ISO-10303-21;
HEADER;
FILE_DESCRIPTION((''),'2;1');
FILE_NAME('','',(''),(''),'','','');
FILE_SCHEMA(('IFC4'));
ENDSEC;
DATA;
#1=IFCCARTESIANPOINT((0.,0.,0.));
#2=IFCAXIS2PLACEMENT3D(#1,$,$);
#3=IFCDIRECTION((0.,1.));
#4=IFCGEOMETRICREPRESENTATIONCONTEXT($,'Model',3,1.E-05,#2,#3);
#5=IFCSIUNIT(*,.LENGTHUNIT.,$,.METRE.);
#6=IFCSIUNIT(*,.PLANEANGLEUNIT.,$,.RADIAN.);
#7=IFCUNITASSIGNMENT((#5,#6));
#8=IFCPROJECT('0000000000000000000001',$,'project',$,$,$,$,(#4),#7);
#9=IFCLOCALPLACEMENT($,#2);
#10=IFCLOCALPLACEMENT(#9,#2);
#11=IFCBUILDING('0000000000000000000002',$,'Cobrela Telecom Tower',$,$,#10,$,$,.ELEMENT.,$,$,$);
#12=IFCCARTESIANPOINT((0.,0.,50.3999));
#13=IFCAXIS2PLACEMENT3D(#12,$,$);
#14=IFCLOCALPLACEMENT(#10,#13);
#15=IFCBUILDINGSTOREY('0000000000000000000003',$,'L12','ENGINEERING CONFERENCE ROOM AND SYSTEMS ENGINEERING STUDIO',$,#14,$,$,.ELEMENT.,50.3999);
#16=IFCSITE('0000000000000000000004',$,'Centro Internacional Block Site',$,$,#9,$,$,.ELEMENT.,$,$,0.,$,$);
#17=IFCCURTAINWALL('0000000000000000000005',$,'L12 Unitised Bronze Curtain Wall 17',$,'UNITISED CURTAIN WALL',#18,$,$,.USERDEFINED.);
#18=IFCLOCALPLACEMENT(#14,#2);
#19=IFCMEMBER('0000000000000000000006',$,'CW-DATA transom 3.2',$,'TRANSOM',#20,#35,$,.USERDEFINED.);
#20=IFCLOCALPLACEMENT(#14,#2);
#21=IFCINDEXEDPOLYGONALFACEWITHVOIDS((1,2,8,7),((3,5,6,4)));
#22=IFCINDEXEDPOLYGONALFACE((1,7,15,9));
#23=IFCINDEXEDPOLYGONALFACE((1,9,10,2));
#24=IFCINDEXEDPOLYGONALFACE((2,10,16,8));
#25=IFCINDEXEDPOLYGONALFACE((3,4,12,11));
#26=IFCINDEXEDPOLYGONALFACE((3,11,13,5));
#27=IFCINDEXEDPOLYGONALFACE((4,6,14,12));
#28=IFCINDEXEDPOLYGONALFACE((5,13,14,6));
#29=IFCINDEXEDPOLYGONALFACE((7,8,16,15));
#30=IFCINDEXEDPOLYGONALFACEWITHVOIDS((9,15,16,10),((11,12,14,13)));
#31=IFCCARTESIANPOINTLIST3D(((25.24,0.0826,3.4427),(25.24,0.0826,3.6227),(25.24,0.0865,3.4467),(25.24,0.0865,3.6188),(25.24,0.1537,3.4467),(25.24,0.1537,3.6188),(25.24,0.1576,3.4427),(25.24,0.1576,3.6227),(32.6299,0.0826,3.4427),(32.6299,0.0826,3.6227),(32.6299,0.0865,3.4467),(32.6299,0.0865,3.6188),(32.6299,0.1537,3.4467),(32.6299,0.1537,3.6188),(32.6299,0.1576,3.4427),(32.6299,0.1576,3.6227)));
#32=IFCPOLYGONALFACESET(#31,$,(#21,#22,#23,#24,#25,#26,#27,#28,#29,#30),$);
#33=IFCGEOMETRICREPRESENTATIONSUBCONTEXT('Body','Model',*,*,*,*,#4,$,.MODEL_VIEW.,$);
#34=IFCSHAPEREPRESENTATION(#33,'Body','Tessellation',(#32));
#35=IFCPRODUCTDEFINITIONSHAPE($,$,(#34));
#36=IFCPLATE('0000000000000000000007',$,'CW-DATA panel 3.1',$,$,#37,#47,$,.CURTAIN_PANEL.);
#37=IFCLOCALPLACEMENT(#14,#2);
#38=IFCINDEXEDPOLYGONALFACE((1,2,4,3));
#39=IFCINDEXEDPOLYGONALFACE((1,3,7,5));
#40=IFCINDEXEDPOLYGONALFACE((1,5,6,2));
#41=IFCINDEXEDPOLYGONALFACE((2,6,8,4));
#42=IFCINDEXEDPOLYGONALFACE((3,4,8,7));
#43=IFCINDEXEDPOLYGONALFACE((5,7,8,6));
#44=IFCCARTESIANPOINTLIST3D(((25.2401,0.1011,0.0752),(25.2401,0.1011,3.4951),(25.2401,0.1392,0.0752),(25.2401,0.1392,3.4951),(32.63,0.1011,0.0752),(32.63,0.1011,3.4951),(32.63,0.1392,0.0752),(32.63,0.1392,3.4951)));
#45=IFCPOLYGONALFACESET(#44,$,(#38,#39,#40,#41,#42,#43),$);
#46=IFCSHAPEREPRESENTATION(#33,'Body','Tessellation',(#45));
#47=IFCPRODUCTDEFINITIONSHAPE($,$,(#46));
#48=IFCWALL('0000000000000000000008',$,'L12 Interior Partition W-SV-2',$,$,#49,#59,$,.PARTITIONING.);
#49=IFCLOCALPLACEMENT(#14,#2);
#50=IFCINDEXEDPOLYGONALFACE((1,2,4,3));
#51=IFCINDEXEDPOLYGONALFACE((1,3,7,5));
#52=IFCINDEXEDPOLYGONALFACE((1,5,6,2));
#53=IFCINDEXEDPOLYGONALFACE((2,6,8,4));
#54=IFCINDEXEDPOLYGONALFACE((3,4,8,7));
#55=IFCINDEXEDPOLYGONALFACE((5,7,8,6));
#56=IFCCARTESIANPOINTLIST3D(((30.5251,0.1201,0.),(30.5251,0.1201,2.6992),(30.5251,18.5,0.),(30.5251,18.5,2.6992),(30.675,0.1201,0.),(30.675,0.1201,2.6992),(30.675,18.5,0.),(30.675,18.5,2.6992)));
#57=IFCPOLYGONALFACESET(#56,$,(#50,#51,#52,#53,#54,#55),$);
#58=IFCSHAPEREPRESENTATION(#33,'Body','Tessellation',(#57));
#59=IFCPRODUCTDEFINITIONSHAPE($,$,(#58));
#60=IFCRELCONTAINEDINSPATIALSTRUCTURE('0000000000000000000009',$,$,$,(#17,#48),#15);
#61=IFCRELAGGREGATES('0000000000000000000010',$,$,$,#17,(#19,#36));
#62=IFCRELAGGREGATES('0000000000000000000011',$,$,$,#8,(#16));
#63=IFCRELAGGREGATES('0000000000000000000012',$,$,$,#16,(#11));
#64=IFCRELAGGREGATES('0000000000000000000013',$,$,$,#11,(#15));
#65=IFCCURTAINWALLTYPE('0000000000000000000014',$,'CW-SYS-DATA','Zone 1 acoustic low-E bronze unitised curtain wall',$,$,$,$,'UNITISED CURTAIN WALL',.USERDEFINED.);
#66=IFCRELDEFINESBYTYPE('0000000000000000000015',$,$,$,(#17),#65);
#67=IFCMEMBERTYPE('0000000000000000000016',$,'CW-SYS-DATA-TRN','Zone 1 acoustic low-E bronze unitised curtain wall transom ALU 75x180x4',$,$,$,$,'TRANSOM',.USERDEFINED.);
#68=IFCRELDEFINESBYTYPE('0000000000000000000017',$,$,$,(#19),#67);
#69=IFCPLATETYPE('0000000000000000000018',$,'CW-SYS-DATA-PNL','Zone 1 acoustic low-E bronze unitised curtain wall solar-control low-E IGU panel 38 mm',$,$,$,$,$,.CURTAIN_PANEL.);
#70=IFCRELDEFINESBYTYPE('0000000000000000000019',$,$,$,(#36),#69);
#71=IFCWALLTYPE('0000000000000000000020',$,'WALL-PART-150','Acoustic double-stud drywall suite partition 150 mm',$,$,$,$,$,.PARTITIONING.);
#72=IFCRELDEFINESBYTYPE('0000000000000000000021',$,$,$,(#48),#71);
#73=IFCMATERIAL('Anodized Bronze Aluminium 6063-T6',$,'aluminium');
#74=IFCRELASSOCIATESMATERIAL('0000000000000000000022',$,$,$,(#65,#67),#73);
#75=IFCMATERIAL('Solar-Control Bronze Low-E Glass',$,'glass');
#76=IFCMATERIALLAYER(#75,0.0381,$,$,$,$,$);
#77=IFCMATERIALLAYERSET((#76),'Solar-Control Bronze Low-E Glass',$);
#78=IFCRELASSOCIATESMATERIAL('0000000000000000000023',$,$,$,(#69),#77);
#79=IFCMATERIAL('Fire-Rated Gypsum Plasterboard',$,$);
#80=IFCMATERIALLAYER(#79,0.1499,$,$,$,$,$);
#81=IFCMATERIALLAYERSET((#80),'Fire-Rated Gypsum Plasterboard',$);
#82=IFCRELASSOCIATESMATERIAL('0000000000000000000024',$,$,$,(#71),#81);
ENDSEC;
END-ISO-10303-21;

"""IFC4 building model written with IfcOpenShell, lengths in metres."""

from ifc_helpers import new_model, si_unit, direction, frame, frame_2d, origin, origin_2d, place, context, subcontext, project, spatial, rectangle, hollow_rectangle, extrude, material, layer, layer_set, material_profile, profile_set, type_object, element, aggregate, save


model = new_model("IFC4")

# Units and contexts
model_context = context("Model", 3, precision=1e-05, world=origin(), true_north=direction((0.0, 1.0)))
body_context = subcontext(model_context, "Body", "Model", "MODEL_VIEW")
ifc_project = project(units=[si_unit("LENGTHUNIT", "METRE"), si_unit("PLANEANGLEUNIT", "RADIAN")], contexts=[model_context])

# Site, building, storey
site_placement = place(None, origin())
site = spatial("IfcSite", under=ifc_project, at=site_placement, Name="Centro Internacional Block Site", CompositionType="ELEMENT", RefElevation=0.0)
building_placement = place(site_placement, origin())
building = spatial("IfcBuilding", under=site, at=building_placement, Name="Cobrela Telecom Tower", CompositionType="ELEMENT")
storey_placement = place(building_placement, frame((0.0, 0.0, 50.3999)))
storey = spatial("IfcBuildingStorey", under=building, at=storey_placement, Name="L12", Description="ENGINEERING CONFERENCE ROOM AND SYSTEMS ENGINEERING STUDIO", CompositionType="ELEMENT", Elevation=50.3999)

# Curtain wall, member, plate
ifc_material_1 = material(Name="Anodized Bronze Aluminium 6063-T6", Category="aluminium")
curtain_wall_type = type_object("IfcCurtainWallType", Name="CW-SYS-DATA", Description="Zone 1 acoustic low-E bronze unitised curtain wall", ElementType="UNITISED CURTAIN WALL", PredefinedType="USERDEFINED", material=ifc_material_1)
curtain_wall_placement = place(storey_placement, origin())
curtain_wall = element("IfcCurtainWall", 1, at=curtain_wall_placement, inside=storey, type_object=curtain_wall_type, Name="L12 Unitised Bronze Curtain Wall 17", ObjectType="UNITISED CURTAIN WALL", PredefinedType="USERDEFINED")
ifc_material_profile_1 = material_profile(ifc_material_1, hollow_rectangle(XDim=0.075, YDim=0.1799, WallThickness=0.0039, at=origin_2d()), Name="ALU 75x180x4")
ifc_profile_set_1 = profile_set([ifc_material_profile_1], Name="Anodized Bronze Aluminium 6063-T6")
member_type_1 = type_object("IfcMemberType", Name="CW-SYS-DATA-TRN", Description="Zone 1 acoustic low-E bronze unitised curtain wall transom ALU 75x180x4", ElementType="TRANSOM", PredefinedType="USERDEFINED", material=ifc_profile_set_1)
member_1_placement = place(storey_placement, frame((32.6299, 0.1201, 3.5327), z_axis=(-1.0, 0.0, 0.0), x_axis=(0.0, -1.0, 0.0)))
member_1 = element("IfcMember", 2, at=member_1_placement, type_object=member_type_1, Name="CW-DATA transom 3.2", ObjectType="TRANSOM", PredefinedType="USERDEFINED", context=body_context, shape_type="SweptSolid", body=[
    extrude(hollow_rectangle(XDim=0.075, YDim=0.1799, WallThickness=0.0039, at=origin_2d()), origin(), (0.0, 0.0, 1.0), 7.3899),
])
ifc_material_2 = material(Name="Solar-Control Bronze Low-E Glass", Category="glass")
ifc_layer_1 = layer(ifc_material_2, 0.0381)
ifc_layer_set_1 = layer_set([ifc_layer_1], Name="Solar-Control Bronze Low-E Glass")
plate_type = type_object("IfcPlateType", Name="CW-SYS-DATA-PNL", Description="Zone 1 acoustic low-E bronze unitised curtain wall solar-control low-E IGU panel 38 mm", PredefinedType="CURTAIN_PANEL", material=ifc_layer_set_1)
plate_placement = place(storey_placement, frame((28.9351, 0.1201, 0.0752), z_axis=(0.0, 0.0, 1.0), x_axis=(-1.0, 0.0, 0.0)))
plate = element("IfcPlate", 3, at=plate_placement, type_object=plate_type, Name="CW-DATA panel 3.1", PredefinedType="CURTAIN_PANEL", context=body_context, shape_type="SweptSolid", body=[
    extrude(rectangle(XDim=7.3899, YDim=0.0381, at=origin_2d()), origin(), (0.0, 0.0, 1.0), 3.4199),
])
aggregate(curtain_wall, [member_1, plate])

# Wall
ifc_material_3 = material(Name="Fire-Rated Gypsum Plasterboard")
ifc_layer_2 = layer(ifc_material_3, 0.1499)
ifc_layer_set_2 = layer_set([ifc_layer_2], Name="Fire-Rated Gypsum Plasterboard")
wall_type = type_object("IfcWallType", Name="WALL-PART-150", Description="Acoustic double-stud drywall suite partition 150 mm", PredefinedType="PARTITIONING", material=ifc_layer_set_2)
wall_placement = place(storey_placement, frame((30.6001, 0.1201, 0.0), z_axis=(0.0, 0.0, 1.0), x_axis=(0.0, 1.0, 0.0)))
element("IfcWall", 4, at=wall_placement, inside=storey, type_object=wall_type, Name="L12 Interior Partition W-SV-2", PredefinedType="PARTITIONING", context=body_context, shape_type="SweptSolid", body=[
    extrude(rectangle(XDim=18.3799, YDim=0.1499, at=frame_2d((9.1899, 0.0))), origin(), (0.0, 0.0, 1.0), 2.6992),
])

save(model, "model.ifc")
